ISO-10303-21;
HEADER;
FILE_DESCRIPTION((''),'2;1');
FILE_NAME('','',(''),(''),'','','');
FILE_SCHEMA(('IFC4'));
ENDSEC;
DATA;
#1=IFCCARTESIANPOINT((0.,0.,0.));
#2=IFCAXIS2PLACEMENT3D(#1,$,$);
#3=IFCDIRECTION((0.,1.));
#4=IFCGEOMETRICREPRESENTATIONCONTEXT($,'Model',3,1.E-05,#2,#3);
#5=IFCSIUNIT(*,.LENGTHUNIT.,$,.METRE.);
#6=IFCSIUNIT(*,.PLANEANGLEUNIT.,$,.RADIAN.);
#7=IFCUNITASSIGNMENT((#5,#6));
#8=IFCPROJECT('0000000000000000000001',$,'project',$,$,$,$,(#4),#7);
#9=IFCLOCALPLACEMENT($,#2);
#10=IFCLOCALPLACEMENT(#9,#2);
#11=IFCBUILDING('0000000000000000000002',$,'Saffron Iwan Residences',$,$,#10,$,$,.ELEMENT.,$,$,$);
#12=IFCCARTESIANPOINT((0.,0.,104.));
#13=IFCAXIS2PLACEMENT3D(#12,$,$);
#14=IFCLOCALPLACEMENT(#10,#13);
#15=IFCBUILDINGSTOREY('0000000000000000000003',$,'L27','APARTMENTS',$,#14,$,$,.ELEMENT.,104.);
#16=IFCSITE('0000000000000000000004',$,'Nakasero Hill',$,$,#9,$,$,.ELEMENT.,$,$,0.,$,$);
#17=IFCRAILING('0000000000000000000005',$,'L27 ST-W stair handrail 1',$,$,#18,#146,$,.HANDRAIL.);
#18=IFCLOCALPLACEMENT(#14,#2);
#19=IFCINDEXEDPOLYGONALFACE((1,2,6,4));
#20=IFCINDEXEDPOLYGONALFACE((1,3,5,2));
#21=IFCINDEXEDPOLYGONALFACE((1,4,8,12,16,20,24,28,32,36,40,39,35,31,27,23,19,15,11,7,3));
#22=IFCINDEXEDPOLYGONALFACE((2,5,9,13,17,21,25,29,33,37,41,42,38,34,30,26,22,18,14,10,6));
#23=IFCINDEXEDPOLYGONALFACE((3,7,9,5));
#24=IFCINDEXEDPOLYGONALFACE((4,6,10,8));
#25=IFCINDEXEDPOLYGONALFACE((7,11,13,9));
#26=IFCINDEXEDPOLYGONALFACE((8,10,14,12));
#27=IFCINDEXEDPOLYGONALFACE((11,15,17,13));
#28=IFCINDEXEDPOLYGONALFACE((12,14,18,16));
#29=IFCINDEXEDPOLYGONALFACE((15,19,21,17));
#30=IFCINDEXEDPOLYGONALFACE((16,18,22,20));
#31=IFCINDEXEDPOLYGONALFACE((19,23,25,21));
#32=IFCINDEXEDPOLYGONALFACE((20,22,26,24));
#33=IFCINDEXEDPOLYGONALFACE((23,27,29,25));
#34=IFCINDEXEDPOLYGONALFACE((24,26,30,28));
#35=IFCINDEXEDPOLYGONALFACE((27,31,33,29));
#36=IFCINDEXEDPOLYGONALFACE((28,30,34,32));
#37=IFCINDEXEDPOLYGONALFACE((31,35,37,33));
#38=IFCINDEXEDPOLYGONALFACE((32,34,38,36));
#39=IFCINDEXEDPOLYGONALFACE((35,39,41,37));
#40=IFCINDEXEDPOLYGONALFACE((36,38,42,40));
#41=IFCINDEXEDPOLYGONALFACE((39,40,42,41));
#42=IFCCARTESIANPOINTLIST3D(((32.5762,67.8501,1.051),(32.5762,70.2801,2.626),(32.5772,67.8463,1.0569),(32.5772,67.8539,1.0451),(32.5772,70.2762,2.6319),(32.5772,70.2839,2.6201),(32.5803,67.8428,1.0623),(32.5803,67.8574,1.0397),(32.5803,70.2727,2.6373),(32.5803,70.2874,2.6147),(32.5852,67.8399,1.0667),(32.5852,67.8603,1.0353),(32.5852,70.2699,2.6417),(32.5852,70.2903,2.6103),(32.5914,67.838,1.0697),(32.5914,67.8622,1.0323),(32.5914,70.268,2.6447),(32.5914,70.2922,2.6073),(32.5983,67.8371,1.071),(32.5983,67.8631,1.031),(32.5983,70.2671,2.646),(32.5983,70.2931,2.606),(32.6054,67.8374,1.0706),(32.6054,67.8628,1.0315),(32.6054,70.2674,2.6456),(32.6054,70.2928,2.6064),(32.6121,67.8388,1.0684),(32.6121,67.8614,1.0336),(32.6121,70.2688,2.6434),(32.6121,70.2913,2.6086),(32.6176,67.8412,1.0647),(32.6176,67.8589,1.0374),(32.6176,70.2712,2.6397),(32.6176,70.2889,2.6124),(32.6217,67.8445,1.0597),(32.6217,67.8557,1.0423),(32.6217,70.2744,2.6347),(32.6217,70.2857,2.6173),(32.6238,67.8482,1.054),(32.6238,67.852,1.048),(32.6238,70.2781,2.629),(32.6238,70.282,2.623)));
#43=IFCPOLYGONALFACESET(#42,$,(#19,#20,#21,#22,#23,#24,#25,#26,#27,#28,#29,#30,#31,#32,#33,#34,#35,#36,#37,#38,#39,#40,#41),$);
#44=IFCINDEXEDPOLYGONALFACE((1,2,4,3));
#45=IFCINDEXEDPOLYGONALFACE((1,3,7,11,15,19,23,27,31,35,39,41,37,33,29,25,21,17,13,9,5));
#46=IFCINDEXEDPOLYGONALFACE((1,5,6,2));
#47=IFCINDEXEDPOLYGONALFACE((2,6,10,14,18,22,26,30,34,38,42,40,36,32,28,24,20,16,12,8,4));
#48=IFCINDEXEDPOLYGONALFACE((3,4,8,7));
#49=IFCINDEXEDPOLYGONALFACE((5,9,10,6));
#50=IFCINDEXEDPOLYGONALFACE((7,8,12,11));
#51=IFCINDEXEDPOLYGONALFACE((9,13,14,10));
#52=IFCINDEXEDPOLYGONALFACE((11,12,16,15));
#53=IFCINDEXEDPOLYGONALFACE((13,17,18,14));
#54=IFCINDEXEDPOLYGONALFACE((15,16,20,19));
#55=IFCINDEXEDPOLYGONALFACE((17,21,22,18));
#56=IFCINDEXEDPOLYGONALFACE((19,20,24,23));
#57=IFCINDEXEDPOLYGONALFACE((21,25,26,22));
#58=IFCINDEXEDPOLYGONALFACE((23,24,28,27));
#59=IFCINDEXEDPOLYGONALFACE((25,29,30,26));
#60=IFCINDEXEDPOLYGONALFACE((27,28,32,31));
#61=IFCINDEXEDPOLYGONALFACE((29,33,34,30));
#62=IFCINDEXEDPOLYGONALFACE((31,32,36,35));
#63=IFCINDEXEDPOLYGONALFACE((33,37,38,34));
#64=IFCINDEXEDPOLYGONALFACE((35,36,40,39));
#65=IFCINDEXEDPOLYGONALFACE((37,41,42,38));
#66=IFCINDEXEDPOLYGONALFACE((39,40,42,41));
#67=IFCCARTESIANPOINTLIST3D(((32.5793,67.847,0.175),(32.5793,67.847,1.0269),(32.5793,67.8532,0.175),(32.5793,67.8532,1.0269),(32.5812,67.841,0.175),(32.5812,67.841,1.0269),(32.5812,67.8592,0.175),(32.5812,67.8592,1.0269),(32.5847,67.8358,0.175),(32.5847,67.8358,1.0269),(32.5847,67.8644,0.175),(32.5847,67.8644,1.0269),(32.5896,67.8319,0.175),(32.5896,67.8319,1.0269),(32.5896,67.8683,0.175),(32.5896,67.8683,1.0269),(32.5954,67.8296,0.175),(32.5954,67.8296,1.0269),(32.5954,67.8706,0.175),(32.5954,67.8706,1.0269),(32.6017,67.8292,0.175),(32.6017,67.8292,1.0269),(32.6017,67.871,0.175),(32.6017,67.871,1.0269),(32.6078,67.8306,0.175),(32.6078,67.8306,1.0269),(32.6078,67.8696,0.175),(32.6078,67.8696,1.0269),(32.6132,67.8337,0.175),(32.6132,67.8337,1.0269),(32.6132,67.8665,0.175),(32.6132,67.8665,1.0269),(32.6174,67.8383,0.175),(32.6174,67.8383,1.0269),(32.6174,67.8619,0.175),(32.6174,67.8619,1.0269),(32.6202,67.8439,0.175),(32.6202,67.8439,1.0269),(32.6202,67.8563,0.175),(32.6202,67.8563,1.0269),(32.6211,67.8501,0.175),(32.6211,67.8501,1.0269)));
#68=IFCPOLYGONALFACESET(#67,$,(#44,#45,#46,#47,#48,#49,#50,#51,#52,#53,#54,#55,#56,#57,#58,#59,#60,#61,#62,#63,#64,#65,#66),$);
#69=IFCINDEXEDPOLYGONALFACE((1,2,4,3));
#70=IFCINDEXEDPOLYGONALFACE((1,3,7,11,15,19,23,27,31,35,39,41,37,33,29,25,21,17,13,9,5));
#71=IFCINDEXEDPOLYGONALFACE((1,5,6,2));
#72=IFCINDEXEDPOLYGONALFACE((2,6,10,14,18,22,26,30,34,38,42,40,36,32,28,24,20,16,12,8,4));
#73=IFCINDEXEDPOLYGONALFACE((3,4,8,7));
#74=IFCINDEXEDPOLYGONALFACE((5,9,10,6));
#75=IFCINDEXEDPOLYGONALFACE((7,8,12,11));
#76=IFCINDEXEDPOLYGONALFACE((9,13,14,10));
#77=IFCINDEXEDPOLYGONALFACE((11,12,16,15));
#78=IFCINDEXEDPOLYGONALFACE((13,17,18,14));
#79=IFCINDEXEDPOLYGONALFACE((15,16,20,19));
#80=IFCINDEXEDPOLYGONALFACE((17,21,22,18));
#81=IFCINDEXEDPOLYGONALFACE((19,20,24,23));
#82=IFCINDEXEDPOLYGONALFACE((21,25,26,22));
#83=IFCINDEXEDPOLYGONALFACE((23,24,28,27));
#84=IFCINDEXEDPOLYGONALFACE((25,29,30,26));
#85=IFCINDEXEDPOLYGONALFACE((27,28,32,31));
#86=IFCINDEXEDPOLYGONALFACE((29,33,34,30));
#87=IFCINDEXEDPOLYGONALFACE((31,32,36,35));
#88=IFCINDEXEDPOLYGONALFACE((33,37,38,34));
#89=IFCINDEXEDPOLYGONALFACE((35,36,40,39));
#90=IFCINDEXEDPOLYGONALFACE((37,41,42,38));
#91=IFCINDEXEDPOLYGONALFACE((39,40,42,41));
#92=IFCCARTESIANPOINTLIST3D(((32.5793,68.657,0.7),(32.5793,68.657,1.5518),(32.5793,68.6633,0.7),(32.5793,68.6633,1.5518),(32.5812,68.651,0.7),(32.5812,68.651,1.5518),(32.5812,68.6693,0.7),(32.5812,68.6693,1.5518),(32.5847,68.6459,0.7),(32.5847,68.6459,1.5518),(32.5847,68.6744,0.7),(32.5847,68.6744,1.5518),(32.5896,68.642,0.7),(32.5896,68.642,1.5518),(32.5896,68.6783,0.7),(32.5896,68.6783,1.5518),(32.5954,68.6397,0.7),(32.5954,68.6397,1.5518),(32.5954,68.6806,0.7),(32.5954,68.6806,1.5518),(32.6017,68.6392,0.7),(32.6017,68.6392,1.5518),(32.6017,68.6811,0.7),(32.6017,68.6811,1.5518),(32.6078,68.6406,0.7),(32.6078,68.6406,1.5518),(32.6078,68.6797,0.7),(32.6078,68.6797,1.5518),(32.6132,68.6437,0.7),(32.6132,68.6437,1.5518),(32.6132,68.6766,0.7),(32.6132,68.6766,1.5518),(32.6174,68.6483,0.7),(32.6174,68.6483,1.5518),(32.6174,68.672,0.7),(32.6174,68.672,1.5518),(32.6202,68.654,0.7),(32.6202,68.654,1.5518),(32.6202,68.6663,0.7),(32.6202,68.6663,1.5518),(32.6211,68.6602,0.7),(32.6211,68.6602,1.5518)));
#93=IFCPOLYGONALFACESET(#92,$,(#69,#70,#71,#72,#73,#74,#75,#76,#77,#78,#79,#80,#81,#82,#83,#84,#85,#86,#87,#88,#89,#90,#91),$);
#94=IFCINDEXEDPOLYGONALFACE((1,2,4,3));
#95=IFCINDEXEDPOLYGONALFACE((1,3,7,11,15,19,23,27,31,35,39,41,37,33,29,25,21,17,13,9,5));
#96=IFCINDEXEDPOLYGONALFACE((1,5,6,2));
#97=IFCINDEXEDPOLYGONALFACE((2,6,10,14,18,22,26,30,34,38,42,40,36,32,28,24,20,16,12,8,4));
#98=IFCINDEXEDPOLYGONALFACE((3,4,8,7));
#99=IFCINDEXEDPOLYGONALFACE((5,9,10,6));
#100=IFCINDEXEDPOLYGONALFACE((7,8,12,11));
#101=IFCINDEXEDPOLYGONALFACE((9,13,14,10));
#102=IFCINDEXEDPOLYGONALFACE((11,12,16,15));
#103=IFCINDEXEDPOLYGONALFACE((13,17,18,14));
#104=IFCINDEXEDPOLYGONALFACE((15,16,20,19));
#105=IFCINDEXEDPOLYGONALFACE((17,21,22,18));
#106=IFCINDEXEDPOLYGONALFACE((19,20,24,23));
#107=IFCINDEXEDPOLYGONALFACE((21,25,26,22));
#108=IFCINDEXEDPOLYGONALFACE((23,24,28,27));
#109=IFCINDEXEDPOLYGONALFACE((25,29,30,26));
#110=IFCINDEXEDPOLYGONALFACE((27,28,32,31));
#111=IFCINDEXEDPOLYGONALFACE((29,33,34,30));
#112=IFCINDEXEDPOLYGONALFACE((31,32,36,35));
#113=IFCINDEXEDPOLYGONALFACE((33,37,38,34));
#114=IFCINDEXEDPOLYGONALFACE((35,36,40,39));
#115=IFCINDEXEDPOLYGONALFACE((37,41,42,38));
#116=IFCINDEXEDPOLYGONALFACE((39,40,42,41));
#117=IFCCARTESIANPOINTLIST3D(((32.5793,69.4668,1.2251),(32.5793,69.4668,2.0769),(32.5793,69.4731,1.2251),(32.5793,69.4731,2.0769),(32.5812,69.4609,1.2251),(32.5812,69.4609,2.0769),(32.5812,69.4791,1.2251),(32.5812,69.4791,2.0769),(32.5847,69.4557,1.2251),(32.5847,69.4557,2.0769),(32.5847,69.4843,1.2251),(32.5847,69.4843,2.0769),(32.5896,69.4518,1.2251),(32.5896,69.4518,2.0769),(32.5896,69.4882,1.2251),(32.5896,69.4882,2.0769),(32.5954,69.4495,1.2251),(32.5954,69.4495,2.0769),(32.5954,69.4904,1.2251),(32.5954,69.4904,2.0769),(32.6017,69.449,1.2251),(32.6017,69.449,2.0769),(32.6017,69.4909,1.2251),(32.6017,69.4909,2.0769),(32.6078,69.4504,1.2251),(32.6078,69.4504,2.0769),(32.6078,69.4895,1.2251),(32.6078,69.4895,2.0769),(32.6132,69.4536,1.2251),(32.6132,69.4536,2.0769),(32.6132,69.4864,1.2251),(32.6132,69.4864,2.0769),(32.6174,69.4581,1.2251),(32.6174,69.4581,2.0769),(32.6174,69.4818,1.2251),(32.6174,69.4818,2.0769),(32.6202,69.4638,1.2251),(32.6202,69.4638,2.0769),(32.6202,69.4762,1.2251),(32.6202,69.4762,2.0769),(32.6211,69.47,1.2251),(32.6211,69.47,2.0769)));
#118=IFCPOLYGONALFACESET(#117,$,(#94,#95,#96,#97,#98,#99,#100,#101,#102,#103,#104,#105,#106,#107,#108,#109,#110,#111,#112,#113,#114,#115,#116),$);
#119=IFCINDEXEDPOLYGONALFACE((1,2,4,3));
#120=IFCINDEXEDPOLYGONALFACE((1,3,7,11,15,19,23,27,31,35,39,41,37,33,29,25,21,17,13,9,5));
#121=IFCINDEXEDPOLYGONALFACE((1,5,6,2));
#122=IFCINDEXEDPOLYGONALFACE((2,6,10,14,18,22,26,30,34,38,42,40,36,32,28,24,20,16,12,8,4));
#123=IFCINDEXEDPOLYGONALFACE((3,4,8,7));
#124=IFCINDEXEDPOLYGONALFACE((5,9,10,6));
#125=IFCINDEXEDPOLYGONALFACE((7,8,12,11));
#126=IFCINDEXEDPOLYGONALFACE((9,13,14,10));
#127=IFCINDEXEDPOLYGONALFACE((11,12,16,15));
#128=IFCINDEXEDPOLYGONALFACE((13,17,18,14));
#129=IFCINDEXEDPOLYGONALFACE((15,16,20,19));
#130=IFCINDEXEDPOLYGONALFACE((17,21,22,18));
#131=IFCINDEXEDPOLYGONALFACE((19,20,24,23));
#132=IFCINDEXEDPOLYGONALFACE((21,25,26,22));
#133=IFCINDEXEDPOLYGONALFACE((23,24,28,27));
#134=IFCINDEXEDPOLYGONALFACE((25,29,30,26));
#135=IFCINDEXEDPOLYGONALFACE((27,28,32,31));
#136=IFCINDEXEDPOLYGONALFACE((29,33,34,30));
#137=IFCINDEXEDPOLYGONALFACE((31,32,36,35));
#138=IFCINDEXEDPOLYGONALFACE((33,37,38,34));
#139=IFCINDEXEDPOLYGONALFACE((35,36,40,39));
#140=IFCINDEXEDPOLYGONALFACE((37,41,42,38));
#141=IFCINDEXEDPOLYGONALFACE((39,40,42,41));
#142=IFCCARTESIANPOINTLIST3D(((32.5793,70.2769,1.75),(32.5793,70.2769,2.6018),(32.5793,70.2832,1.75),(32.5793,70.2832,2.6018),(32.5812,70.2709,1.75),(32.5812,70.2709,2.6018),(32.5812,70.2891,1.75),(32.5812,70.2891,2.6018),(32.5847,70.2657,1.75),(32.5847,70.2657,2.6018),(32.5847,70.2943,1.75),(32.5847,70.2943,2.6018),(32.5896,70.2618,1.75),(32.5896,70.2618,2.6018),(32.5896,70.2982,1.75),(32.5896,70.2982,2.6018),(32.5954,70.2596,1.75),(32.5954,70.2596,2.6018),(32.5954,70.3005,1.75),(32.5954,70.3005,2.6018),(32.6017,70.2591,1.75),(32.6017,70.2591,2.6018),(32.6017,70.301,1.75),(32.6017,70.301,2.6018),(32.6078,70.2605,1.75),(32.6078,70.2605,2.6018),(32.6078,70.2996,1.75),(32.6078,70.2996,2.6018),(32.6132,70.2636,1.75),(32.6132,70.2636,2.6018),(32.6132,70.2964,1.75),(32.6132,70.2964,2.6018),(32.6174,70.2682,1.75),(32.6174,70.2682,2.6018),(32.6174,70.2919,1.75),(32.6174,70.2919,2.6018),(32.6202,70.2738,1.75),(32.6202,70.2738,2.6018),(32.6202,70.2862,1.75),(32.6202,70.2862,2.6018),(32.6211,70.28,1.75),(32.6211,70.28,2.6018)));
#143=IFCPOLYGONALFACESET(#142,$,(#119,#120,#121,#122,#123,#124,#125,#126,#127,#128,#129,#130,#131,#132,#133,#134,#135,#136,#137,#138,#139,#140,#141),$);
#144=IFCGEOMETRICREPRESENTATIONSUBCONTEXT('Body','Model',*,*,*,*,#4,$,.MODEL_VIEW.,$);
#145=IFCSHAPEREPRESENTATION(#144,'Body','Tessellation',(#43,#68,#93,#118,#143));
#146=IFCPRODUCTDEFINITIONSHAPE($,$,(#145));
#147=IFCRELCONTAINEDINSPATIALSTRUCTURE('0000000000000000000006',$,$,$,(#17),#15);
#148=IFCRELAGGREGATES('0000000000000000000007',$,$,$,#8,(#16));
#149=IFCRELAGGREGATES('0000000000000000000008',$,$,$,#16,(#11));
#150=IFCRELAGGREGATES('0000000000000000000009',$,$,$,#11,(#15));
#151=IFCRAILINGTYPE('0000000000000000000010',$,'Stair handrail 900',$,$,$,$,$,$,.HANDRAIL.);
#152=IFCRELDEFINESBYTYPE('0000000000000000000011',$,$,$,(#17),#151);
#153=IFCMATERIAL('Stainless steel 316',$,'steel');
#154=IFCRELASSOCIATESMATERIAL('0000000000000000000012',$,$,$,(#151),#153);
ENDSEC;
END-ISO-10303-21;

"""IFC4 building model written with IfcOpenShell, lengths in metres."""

from ifc_helpers import new_model, si_unit, direction, frame, origin, origin_2d, place, context, subcontext, project, spatial, circle, extrude, material, type_object, element, save


model = new_model("IFC4")

# Units and contexts
model_context = context("Model", 3, precision=1e-05, world=origin(), true_north=direction((0.0, 1.0)))
body_context = subcontext(model_context, "Body", "Model", "MODEL_VIEW")
ifc_project = project(units=[si_unit("LENGTHUNIT", "METRE"), si_unit("PLANEANGLEUNIT", "RADIAN")], contexts=[model_context])

# Site, building, storey
site_placement = place(None, origin())
site = spatial("IfcSite", under=ifc_project, at=site_placement, Name="Nakasero Hill", CompositionType="ELEMENT", RefElevation=0.0)
building_placement = place(site_placement, origin())
building = spatial("IfcBuilding", under=site, at=building_placement, Name="Saffron Iwan Residences", CompositionType="ELEMENT")
storey_placement = place(building_placement, frame((0.0, 0.0, 104.0)))
storey = spatial("IfcBuildingStorey", under=building, at=storey_placement, Name="L27", Description="APARTMENTS", CompositionType="ELEMENT", Elevation=104.0)

# Railing
ifc_material_1 = material(Name="Stainless steel 316", Category="steel")
railing_type_1 = type_object("IfcRailingType", Name="Stair handrail 900", PredefinedType="HANDRAIL", material=ifc_material_1)
railing_1_placement = place(storey_placement, frame((32.6001, 67.8501, 0.175)))
element("IfcRailing", 1, at=railing_1_placement, inside=storey, type_object=railing_type_1, Name="L27 ST-W stair handrail 1", PredefinedType="HANDRAIL", context=body_context, shape_type="SweptSolid", body=[
    extrude(circle(Radius=0.0239, at=origin_2d()), frame((0.0, 0.0, 0.876), z_axis=(0.0, 0.839154, 0.543894), x_axis=(-1.0, 0.0, 0.0)), (0.0, 0.0, 1.0), 2.8958),
    extrude(circle(Radius=0.021, at=origin_2d()), origin(), (0.0, 0.0, 1.0), 0.8518),
    extrude(circle(Radius=0.021, at=origin_2d()), frame((0.0, 0.8101, 0.5249)), (0.0, 0.0, 1.0), 0.8518),
    extrude(circle(Radius=0.021, at=origin_2d()), frame((0.0, 1.6199, 1.05)), (0.0, 0.0, 1.0), 0.8518),
    extrude(circle(Radius=0.021, at=origin_2d()), frame((0.0, 2.4299, 1.575)), (0.0, 0.0, 1.0), 0.8518),
])

save(model, "model.ifc")
